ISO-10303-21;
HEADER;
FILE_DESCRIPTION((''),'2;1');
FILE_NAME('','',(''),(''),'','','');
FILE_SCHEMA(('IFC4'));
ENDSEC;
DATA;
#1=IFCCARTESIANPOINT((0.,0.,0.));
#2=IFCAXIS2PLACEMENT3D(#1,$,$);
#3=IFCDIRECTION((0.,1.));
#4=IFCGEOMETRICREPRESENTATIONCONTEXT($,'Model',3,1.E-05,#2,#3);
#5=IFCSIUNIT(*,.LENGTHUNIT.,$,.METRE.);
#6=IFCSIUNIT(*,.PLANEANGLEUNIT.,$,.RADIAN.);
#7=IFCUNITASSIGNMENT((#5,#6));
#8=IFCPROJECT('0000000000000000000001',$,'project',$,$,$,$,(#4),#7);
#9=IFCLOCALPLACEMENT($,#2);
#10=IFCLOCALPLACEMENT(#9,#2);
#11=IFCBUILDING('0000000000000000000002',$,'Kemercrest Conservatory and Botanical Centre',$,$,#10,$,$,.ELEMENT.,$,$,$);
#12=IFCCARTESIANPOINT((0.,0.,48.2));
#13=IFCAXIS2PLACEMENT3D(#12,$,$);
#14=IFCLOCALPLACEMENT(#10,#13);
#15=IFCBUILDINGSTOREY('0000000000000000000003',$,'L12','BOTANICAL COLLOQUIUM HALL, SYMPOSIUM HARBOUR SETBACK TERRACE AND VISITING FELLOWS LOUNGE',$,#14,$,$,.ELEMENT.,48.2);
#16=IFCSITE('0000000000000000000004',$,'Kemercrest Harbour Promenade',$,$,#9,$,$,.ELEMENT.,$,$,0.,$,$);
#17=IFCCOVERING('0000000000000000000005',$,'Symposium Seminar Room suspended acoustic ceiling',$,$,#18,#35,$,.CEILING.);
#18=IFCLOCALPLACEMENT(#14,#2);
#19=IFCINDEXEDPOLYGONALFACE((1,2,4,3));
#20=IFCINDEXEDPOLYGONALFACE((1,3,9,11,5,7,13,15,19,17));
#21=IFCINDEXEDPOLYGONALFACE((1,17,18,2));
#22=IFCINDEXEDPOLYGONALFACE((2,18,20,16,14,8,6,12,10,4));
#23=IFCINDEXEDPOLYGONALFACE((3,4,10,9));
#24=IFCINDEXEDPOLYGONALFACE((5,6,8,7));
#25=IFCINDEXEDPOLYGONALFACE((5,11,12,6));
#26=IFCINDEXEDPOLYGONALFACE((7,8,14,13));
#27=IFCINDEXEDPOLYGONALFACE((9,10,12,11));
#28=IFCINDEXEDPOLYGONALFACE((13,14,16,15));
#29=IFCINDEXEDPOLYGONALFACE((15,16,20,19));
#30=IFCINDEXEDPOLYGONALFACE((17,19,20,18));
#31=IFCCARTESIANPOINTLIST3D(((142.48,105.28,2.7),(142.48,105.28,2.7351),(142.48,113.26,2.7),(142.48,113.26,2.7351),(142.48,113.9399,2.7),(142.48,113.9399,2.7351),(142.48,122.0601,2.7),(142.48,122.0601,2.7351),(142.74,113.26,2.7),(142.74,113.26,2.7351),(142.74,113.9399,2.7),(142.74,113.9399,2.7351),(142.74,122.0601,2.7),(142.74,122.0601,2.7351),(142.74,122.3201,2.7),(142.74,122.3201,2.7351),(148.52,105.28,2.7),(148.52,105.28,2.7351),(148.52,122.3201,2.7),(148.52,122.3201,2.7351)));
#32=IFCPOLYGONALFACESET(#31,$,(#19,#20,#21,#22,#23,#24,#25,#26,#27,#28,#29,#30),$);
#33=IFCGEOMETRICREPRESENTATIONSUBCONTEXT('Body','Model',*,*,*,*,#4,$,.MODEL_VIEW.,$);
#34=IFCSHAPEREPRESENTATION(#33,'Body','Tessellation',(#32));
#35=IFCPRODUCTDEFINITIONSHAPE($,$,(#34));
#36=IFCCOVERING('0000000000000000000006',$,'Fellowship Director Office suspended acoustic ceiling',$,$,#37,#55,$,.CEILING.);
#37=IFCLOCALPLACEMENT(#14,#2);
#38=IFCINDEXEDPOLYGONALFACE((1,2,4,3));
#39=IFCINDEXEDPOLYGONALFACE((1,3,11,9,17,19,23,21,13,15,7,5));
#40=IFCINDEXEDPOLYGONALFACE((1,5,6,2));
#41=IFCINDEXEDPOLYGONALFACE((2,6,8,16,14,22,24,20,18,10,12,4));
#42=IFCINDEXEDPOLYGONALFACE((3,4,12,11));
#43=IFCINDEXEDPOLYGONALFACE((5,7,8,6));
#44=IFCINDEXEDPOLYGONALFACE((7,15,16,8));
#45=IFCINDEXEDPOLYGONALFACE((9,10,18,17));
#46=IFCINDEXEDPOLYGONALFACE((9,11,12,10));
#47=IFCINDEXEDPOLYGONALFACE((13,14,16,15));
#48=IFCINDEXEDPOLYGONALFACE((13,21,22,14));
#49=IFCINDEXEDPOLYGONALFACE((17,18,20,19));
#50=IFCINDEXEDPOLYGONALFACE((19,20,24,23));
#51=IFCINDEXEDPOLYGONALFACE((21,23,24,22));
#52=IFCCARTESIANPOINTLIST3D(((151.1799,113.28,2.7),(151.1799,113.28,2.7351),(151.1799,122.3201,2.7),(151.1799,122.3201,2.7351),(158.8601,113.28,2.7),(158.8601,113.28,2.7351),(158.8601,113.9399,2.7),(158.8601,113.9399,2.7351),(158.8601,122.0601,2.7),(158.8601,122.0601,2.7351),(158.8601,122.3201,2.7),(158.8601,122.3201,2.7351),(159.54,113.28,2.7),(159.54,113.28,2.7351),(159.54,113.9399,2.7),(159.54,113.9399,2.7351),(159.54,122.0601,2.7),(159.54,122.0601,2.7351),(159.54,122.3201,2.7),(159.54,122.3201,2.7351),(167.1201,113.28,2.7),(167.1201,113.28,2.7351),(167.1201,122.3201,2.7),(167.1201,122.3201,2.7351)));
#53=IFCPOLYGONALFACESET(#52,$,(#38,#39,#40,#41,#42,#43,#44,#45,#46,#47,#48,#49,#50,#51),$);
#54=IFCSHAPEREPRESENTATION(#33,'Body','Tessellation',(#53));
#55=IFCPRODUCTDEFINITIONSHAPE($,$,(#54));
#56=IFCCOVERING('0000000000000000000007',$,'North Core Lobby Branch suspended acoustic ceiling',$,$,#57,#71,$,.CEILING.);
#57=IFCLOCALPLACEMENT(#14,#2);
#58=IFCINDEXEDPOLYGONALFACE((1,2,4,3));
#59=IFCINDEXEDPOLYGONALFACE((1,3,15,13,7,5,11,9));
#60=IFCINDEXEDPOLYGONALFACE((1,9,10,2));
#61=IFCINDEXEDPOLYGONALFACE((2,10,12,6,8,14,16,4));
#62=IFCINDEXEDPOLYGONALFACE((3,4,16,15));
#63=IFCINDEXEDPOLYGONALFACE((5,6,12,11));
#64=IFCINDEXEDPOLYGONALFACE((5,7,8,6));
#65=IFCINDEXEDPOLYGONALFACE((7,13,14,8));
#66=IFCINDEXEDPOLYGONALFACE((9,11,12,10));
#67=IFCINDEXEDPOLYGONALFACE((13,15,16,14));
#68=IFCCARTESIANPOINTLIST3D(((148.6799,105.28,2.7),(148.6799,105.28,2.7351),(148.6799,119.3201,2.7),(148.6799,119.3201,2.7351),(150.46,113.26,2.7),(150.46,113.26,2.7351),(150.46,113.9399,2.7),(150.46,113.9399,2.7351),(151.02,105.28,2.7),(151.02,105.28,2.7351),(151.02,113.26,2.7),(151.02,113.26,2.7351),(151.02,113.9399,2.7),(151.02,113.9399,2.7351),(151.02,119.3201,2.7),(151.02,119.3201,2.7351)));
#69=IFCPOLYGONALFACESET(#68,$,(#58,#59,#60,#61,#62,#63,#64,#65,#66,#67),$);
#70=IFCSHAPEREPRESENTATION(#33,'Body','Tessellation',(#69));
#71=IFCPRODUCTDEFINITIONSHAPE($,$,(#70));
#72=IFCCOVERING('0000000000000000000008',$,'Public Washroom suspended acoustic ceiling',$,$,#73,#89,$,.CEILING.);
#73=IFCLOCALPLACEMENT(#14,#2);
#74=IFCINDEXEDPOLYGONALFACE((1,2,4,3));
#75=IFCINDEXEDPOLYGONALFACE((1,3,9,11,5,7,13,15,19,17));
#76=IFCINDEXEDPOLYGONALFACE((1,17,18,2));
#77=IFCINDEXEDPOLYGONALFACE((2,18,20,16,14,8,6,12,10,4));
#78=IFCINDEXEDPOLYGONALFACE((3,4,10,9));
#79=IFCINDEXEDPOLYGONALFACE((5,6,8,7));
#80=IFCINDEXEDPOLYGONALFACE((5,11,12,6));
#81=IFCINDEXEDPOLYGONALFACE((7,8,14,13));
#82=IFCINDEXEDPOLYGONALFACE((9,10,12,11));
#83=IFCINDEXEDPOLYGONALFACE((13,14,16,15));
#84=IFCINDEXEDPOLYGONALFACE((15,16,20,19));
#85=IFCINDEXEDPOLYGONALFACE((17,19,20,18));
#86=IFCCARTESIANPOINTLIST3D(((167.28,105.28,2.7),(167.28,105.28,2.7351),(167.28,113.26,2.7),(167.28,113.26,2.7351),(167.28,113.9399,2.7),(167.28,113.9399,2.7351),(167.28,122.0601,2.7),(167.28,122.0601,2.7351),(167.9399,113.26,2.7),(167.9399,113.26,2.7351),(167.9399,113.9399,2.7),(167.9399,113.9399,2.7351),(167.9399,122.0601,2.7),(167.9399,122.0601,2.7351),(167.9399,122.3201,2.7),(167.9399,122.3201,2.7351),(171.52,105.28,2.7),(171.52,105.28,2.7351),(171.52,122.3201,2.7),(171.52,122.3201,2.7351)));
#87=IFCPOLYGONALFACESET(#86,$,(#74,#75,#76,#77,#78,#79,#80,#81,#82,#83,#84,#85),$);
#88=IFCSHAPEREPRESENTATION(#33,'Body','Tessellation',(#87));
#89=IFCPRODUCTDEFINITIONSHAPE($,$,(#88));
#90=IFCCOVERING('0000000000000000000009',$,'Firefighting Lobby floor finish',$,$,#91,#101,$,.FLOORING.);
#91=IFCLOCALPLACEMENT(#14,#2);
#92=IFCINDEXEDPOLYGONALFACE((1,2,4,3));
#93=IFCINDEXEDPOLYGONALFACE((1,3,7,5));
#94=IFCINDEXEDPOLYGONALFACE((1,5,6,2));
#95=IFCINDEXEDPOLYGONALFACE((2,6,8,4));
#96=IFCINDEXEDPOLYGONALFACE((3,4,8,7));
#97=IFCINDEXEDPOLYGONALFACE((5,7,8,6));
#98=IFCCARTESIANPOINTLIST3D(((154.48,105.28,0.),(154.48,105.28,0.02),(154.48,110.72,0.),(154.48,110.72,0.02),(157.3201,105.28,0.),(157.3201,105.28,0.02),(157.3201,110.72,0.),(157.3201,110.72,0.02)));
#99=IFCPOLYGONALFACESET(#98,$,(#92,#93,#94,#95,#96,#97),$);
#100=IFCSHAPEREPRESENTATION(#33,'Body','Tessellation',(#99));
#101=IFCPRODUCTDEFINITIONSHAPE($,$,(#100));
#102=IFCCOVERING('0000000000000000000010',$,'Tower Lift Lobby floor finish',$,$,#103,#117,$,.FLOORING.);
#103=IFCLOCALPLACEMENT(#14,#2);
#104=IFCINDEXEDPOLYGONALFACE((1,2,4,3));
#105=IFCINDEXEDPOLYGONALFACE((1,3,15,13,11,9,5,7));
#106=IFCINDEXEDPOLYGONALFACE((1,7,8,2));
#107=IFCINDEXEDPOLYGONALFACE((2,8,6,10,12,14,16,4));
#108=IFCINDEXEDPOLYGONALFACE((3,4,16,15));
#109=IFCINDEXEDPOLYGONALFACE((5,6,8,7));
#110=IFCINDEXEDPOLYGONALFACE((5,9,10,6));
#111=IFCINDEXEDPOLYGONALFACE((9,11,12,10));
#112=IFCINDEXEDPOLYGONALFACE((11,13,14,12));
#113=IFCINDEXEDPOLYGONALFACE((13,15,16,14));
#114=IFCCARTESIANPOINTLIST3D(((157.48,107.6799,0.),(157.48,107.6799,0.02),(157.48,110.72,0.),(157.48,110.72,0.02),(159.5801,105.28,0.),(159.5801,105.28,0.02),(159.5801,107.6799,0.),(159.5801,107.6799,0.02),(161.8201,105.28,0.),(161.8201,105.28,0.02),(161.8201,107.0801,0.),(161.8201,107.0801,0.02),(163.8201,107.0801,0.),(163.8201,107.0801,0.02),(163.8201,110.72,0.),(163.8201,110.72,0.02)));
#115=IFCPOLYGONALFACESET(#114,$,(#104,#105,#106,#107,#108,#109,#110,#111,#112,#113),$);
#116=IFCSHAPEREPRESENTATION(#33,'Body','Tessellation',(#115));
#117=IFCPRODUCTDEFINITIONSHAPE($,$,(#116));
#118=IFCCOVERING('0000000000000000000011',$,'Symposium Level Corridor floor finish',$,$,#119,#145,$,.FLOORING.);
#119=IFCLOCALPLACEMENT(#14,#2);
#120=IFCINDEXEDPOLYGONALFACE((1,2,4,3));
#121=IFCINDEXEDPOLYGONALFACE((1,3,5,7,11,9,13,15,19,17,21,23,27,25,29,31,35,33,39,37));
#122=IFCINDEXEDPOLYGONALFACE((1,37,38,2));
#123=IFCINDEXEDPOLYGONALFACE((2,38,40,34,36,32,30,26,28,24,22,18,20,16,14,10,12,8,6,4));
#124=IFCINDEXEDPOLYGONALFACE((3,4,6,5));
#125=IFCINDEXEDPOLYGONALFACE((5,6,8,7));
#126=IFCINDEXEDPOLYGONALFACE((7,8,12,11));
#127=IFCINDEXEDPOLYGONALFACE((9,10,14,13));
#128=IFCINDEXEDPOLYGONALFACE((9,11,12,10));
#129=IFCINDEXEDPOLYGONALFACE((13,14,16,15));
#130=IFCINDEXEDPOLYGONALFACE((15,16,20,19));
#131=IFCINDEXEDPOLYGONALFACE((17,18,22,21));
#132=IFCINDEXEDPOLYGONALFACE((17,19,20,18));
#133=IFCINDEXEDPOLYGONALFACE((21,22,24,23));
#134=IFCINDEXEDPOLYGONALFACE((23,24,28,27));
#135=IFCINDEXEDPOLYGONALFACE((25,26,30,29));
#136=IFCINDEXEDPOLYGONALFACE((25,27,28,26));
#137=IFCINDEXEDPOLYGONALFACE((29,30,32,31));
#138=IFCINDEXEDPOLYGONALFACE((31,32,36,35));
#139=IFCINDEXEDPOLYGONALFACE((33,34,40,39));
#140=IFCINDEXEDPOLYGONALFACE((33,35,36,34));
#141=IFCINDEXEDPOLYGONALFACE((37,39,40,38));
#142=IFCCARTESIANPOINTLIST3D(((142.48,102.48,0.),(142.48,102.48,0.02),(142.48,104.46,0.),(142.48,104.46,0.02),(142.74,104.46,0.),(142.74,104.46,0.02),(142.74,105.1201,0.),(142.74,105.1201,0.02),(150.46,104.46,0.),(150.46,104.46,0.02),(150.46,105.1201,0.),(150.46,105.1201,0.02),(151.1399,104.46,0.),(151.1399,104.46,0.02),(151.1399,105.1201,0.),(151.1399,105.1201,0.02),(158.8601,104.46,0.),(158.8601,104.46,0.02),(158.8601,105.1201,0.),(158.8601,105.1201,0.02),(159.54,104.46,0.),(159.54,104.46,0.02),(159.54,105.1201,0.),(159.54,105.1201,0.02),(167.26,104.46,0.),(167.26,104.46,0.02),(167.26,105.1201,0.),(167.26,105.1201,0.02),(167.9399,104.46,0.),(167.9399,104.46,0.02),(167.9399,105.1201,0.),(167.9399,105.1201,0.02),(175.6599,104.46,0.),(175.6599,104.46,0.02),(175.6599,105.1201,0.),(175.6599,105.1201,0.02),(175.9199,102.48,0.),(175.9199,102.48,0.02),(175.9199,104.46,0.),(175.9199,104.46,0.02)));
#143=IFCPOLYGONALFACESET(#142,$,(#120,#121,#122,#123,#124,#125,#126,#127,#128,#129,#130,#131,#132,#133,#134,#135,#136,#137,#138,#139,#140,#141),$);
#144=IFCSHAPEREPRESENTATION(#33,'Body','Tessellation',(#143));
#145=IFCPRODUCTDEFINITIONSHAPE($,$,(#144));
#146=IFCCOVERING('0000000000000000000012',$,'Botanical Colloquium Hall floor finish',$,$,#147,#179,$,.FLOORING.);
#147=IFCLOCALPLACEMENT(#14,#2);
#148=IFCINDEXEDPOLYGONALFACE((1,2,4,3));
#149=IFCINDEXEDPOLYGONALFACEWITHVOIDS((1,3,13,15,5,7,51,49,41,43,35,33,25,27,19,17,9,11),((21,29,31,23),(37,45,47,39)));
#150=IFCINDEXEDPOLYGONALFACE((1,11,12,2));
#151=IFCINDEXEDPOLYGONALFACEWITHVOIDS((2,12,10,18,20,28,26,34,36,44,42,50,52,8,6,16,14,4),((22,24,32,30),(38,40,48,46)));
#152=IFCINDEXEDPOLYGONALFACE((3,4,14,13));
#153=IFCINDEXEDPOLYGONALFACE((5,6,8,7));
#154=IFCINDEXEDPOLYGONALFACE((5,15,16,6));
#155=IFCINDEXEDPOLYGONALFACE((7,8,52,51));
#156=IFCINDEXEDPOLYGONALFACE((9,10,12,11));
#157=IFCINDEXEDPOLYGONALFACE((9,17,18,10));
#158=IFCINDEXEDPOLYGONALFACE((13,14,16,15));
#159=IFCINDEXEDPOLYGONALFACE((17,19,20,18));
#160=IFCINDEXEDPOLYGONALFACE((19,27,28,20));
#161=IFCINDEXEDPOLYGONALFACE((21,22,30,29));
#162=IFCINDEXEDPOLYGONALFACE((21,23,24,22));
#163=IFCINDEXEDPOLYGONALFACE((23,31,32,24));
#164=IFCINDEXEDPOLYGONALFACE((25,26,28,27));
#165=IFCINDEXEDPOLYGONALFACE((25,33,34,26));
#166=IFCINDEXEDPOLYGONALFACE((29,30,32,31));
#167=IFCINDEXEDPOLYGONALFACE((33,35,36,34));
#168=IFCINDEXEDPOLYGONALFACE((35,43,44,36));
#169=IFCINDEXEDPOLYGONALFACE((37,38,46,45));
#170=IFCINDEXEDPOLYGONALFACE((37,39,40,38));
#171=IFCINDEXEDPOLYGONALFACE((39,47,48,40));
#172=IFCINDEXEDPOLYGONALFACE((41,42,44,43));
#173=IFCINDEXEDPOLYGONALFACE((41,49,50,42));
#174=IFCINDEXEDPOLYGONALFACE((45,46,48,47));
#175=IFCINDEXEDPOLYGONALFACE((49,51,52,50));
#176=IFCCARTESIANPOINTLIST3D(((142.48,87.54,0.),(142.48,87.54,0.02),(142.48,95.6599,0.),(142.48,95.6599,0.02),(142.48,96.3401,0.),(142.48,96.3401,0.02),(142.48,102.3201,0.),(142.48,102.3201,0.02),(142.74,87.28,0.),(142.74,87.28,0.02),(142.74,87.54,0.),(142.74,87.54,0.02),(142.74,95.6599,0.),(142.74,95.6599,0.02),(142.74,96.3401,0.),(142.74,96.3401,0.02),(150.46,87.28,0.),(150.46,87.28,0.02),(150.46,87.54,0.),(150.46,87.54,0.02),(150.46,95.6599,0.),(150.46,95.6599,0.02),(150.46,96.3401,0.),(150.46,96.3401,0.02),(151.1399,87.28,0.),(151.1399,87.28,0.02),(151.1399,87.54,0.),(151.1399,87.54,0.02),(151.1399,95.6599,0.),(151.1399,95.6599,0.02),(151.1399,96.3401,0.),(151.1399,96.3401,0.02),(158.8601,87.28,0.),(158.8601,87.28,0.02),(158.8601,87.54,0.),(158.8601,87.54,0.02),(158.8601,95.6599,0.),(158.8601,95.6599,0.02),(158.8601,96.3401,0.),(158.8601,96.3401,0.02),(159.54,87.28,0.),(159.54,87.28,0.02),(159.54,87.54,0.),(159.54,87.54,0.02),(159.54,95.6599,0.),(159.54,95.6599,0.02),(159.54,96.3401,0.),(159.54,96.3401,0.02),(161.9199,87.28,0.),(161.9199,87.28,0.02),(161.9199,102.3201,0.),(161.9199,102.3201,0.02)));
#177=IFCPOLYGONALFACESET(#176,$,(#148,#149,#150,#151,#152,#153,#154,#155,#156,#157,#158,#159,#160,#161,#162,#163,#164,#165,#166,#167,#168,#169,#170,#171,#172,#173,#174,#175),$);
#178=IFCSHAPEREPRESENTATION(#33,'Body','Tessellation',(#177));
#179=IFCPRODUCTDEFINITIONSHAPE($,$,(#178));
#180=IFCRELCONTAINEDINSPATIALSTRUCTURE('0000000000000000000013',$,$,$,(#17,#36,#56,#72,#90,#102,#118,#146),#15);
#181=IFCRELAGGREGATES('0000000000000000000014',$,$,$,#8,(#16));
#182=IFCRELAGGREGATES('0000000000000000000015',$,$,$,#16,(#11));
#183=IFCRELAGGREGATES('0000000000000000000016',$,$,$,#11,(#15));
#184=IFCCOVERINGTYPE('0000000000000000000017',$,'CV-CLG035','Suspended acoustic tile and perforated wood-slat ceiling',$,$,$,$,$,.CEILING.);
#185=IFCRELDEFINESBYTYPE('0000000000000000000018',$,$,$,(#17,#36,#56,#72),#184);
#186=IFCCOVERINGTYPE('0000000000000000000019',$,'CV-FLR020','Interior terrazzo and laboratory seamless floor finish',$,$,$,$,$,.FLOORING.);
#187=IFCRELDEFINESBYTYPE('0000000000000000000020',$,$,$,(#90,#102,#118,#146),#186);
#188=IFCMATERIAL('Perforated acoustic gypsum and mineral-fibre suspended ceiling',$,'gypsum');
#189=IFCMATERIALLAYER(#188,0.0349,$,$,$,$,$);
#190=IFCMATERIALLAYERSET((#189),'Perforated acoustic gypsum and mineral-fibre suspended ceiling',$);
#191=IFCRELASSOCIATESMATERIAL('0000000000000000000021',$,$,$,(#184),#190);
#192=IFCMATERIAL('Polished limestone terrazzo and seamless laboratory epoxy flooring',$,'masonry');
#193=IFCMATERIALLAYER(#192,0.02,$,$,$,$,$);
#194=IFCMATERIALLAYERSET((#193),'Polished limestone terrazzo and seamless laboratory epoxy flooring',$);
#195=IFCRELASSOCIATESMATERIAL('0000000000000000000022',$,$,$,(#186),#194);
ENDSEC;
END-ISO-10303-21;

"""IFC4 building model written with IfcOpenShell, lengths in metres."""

from ifc_helpers import new_model, si_unit, direction, frame, origin, place, context, subcontext, project, spatial, polyline, outline, extrude, material, layer, layer_set, type_object, element, save


model = new_model("IFC4")

# Units and contexts
model_context = context("Model", 3, precision=1e-05, world=origin(), true_north=direction((0.0, 1.0)))
body_context = subcontext(model_context, "Body", "Model", "MODEL_VIEW")
ifc_project = project(units=[si_unit("LENGTHUNIT", "METRE"), si_unit("PLANEANGLEUNIT", "RADIAN")], contexts=[model_context])

# Site, building, storey
site_placement = place(None, origin())
site = spatial("IfcSite", under=ifc_project, at=site_placement, Name="Kemercrest Harbour Promenade", CompositionType="ELEMENT", RefElevation=0.0)
building_placement = place(site_placement, origin())
building = spatial("IfcBuilding", under=site, at=building_placement, Name="Kemercrest Conservatory and Botanical Centre", CompositionType="ELEMENT")
storey_placement = place(building_placement, frame((0.0, 0.0, 48.2)))
storey = spatial("IfcBuildingStorey", under=building, at=storey_placement, Name="L12", Description="BOTANICAL COLLOQUIUM HALL, SYMPOSIUM HARBOUR SETBACK TERRACE AND VISITING FELLOWS LOUNGE", CompositionType="ELEMENT", Elevation=48.2)

# Coverings
ifc_material_1 = material(Name="Perforated acoustic gypsum and mineral-fibre suspended ceiling", Category="gypsum")
ifc_layer_1 = layer(ifc_material_1, 0.0349)
ifc_layer_set_1 = layer_set([ifc_layer_1], Name="Perforated acoustic gypsum and mineral-fibre suspended ceiling")
covering_type_1 = type_object("IfcCoveringType", Name="CV-CLG035", Description="Suspended acoustic tile and perforated wood-slat ceiling", PredefinedType="CEILING", material=ifc_layer_set_1)
covering_1_placement = place(storey_placement, frame((0.0, 0.0, 2.7)))
element("IfcCovering", 1, at=covering_1_placement, inside=storey, type_object=covering_type_1, Name="Symposium Seminar Room suspended acoustic ceiling", PredefinedType="CEILING", context=body_context, shape_type="SweptSolid", body=[
    extrude(outline(polyline([(142.48, 105.28), (148.52, 105.28), (148.52, 122.3201), (142.74, 122.3201), (142.74, 122.0601), (142.48, 122.0601), (142.48, 113.9399), (142.74, 113.9399), (142.74, 113.26), (142.48, 113.26), (142.48, 105.28)])), origin(), (0.0, 0.0, 1.0), 0.0352),
])
covering_2_placement = place(storey_placement, frame((0.0, 0.0, 2.7)))
element("IfcCovering", 2, at=covering_2_placement, inside=storey, type_object=covering_type_1, Name="Fellowship Director Office suspended acoustic ceiling", PredefinedType="CEILING", context=body_context, shape_type="SweptSolid", body=[
    extrude(outline(polyline([(159.54, 113.28), (167.1201, 113.28), (167.1201, 122.3201), (159.54, 122.3201), (159.54, 122.0601), (158.8601, 122.0601), (158.8601, 122.3201), (151.1799, 122.3201), (151.1799, 113.28), (158.8601, 113.28), (158.8601, 113.9399), (159.54, 113.9399), (159.54, 113.28)])), origin(), (0.0, 0.0, 1.0), 0.0352),
])
covering_3_placement = place(storey_placement, frame((0.0, 0.0, 2.7)))
element("IfcCovering", 3, at=covering_3_placement, inside=storey, type_object=covering_type_1, Name="North Core Lobby Branch suspended acoustic ceiling", PredefinedType="CEILING", context=body_context, shape_type="SweptSolid", body=[
    extrude(outline(polyline([(148.6799, 105.28), (151.02, 105.28), (151.02, 113.26), (150.46, 113.26), (150.46, 113.9399), (151.02, 113.9399), (151.02, 119.3201), (148.6799, 119.3201), (148.6799, 105.28)])), origin(), (0.0, 0.0, 1.0), 0.0352),
])
covering_4_placement = place(storey_placement, frame((0.0, 0.0, 2.7)))
element("IfcCovering", 4, at=covering_4_placement, inside=storey, type_object=covering_type_1, Name="Public Washroom suspended acoustic ceiling", PredefinedType="CEILING", context=body_context, shape_type="SweptSolid", body=[
    extrude(outline(polyline([(167.28, 105.28), (171.52, 105.28), (171.52, 122.3201), (167.9399, 122.3201), (167.9399, 122.0601), (167.28, 122.0601), (167.28, 113.9399), (167.9399, 113.9399), (167.9399, 113.26), (167.28, 113.26), (167.28, 105.28)])), origin(), (0.0, 0.0, 1.0), 0.0352),
])
ifc_material_2 = material(Name="Polished limestone terrazzo and seamless laboratory epoxy flooring", Category="masonry")
ifc_layer_2 = layer(ifc_material_2, 0.02)
ifc_layer_set_2 = layer_set([ifc_layer_2], Name="Polished limestone terrazzo and seamless laboratory epoxy flooring")
covering_type_2 = type_object("IfcCoveringType", Name="CV-FLR020", Description="Interior terrazzo and laboratory seamless floor finish", PredefinedType="FLOORING", material=ifc_layer_set_2)
covering_5_placement = place(storey_placement, origin())
element("IfcCovering", 5, at=covering_5_placement, inside=storey, type_object=covering_type_2, Name="Firefighting Lobby floor finish", PredefinedType="FLOORING", context=body_context, shape_type="SweptSolid", body=[
    extrude(outline(polyline([(154.48, 105.28), (157.3201, 105.28), (157.3201, 110.72), (154.48, 110.72), (154.48, 105.28)])), origin(), (0.0, 0.0, 1.0), 0.02),
])
covering_6_placement = place(storey_placement, origin())
element("IfcCovering", 6, at=covering_6_placement, inside=storey, type_object=covering_type_2, Name="Tower Lift Lobby floor finish", PredefinedType="FLOORING", context=body_context, shape_type="SweptSolid", body=[
    extrude(outline(polyline([(159.5801, 107.6799), (159.5801, 105.28), (161.8201, 105.28), (161.8201, 107.0801), (163.8201, 107.0801), (163.8201, 110.72), (157.48, 110.72), (157.48, 107.6799), (159.5801, 107.6799)])), origin(), (0.0, 0.0, 1.0), 0.02),
])
covering_7_placement = place(storey_placement, origin())
element("IfcCovering", 7, at=covering_7_placement, inside=storey, type_object=covering_type_2, Name="Symposium Level Corridor floor finish", PredefinedType="FLOORING", context=body_context, shape_type="SweptSolid", body=[
    extrude(outline(polyline([(142.48, 102.48), (175.9199, 102.48), (175.9199, 104.46), (175.6599, 104.46), (175.6599, 105.1201), (167.9399, 105.1201), (167.9399, 104.46), (167.26, 104.46), (167.26, 105.1201), (159.54, 105.1201), (159.54, 104.46), (158.8601, 104.46), (158.8601, 105.1201), (151.1399, 105.1201), (151.1399, 104.46), (150.46, 104.46), (150.46, 105.1201), (142.74, 105.1201), (142.74, 104.46), (142.48, 104.46), (142.48, 102.48)])), origin(), (0.0, 0.0, 1.0), 0.02),
])
covering_8_placement = place(storey_placement, origin())
element("IfcCovering", 8, at=covering_8_placement, inside=storey, type_object=covering_type_2, Name="Botanical Colloquium Hall floor finish", PredefinedType="FLOORING", context=body_context, shape_type="SweptSolid", body=[
    extrude(outline(polyline([(158.8601, 87.54), (159.54, 87.54), (159.54, 87.28), (161.9199, 87.28), (161.9199, 102.3201), (142.48, 102.3201), (142.48, 96.3401), (142.74, 96.3401), (142.74, 95.6599), (142.48, 95.6599), (142.48, 87.54), (142.74, 87.54), (142.74, 87.28), (150.46, 87.28), (150.46, 87.54), (151.1399, 87.54), (151.1399, 87.28), (158.8601, 87.28), (158.8601, 87.54)]), holes=[polyline([(158.8601, 96.3401), (159.54, 96.3401), (159.54, 95.6599), (158.8601, 95.6599), (158.8601, 96.3401)]), polyline([(150.46, 95.6599), (150.46, 96.3401), (151.1399, 96.3401), (151.1399, 95.6599), (150.46, 95.6599)])]), origin(), (0.0, 0.0, 1.0), 0.02),
])

save(model, "model.ifc")
